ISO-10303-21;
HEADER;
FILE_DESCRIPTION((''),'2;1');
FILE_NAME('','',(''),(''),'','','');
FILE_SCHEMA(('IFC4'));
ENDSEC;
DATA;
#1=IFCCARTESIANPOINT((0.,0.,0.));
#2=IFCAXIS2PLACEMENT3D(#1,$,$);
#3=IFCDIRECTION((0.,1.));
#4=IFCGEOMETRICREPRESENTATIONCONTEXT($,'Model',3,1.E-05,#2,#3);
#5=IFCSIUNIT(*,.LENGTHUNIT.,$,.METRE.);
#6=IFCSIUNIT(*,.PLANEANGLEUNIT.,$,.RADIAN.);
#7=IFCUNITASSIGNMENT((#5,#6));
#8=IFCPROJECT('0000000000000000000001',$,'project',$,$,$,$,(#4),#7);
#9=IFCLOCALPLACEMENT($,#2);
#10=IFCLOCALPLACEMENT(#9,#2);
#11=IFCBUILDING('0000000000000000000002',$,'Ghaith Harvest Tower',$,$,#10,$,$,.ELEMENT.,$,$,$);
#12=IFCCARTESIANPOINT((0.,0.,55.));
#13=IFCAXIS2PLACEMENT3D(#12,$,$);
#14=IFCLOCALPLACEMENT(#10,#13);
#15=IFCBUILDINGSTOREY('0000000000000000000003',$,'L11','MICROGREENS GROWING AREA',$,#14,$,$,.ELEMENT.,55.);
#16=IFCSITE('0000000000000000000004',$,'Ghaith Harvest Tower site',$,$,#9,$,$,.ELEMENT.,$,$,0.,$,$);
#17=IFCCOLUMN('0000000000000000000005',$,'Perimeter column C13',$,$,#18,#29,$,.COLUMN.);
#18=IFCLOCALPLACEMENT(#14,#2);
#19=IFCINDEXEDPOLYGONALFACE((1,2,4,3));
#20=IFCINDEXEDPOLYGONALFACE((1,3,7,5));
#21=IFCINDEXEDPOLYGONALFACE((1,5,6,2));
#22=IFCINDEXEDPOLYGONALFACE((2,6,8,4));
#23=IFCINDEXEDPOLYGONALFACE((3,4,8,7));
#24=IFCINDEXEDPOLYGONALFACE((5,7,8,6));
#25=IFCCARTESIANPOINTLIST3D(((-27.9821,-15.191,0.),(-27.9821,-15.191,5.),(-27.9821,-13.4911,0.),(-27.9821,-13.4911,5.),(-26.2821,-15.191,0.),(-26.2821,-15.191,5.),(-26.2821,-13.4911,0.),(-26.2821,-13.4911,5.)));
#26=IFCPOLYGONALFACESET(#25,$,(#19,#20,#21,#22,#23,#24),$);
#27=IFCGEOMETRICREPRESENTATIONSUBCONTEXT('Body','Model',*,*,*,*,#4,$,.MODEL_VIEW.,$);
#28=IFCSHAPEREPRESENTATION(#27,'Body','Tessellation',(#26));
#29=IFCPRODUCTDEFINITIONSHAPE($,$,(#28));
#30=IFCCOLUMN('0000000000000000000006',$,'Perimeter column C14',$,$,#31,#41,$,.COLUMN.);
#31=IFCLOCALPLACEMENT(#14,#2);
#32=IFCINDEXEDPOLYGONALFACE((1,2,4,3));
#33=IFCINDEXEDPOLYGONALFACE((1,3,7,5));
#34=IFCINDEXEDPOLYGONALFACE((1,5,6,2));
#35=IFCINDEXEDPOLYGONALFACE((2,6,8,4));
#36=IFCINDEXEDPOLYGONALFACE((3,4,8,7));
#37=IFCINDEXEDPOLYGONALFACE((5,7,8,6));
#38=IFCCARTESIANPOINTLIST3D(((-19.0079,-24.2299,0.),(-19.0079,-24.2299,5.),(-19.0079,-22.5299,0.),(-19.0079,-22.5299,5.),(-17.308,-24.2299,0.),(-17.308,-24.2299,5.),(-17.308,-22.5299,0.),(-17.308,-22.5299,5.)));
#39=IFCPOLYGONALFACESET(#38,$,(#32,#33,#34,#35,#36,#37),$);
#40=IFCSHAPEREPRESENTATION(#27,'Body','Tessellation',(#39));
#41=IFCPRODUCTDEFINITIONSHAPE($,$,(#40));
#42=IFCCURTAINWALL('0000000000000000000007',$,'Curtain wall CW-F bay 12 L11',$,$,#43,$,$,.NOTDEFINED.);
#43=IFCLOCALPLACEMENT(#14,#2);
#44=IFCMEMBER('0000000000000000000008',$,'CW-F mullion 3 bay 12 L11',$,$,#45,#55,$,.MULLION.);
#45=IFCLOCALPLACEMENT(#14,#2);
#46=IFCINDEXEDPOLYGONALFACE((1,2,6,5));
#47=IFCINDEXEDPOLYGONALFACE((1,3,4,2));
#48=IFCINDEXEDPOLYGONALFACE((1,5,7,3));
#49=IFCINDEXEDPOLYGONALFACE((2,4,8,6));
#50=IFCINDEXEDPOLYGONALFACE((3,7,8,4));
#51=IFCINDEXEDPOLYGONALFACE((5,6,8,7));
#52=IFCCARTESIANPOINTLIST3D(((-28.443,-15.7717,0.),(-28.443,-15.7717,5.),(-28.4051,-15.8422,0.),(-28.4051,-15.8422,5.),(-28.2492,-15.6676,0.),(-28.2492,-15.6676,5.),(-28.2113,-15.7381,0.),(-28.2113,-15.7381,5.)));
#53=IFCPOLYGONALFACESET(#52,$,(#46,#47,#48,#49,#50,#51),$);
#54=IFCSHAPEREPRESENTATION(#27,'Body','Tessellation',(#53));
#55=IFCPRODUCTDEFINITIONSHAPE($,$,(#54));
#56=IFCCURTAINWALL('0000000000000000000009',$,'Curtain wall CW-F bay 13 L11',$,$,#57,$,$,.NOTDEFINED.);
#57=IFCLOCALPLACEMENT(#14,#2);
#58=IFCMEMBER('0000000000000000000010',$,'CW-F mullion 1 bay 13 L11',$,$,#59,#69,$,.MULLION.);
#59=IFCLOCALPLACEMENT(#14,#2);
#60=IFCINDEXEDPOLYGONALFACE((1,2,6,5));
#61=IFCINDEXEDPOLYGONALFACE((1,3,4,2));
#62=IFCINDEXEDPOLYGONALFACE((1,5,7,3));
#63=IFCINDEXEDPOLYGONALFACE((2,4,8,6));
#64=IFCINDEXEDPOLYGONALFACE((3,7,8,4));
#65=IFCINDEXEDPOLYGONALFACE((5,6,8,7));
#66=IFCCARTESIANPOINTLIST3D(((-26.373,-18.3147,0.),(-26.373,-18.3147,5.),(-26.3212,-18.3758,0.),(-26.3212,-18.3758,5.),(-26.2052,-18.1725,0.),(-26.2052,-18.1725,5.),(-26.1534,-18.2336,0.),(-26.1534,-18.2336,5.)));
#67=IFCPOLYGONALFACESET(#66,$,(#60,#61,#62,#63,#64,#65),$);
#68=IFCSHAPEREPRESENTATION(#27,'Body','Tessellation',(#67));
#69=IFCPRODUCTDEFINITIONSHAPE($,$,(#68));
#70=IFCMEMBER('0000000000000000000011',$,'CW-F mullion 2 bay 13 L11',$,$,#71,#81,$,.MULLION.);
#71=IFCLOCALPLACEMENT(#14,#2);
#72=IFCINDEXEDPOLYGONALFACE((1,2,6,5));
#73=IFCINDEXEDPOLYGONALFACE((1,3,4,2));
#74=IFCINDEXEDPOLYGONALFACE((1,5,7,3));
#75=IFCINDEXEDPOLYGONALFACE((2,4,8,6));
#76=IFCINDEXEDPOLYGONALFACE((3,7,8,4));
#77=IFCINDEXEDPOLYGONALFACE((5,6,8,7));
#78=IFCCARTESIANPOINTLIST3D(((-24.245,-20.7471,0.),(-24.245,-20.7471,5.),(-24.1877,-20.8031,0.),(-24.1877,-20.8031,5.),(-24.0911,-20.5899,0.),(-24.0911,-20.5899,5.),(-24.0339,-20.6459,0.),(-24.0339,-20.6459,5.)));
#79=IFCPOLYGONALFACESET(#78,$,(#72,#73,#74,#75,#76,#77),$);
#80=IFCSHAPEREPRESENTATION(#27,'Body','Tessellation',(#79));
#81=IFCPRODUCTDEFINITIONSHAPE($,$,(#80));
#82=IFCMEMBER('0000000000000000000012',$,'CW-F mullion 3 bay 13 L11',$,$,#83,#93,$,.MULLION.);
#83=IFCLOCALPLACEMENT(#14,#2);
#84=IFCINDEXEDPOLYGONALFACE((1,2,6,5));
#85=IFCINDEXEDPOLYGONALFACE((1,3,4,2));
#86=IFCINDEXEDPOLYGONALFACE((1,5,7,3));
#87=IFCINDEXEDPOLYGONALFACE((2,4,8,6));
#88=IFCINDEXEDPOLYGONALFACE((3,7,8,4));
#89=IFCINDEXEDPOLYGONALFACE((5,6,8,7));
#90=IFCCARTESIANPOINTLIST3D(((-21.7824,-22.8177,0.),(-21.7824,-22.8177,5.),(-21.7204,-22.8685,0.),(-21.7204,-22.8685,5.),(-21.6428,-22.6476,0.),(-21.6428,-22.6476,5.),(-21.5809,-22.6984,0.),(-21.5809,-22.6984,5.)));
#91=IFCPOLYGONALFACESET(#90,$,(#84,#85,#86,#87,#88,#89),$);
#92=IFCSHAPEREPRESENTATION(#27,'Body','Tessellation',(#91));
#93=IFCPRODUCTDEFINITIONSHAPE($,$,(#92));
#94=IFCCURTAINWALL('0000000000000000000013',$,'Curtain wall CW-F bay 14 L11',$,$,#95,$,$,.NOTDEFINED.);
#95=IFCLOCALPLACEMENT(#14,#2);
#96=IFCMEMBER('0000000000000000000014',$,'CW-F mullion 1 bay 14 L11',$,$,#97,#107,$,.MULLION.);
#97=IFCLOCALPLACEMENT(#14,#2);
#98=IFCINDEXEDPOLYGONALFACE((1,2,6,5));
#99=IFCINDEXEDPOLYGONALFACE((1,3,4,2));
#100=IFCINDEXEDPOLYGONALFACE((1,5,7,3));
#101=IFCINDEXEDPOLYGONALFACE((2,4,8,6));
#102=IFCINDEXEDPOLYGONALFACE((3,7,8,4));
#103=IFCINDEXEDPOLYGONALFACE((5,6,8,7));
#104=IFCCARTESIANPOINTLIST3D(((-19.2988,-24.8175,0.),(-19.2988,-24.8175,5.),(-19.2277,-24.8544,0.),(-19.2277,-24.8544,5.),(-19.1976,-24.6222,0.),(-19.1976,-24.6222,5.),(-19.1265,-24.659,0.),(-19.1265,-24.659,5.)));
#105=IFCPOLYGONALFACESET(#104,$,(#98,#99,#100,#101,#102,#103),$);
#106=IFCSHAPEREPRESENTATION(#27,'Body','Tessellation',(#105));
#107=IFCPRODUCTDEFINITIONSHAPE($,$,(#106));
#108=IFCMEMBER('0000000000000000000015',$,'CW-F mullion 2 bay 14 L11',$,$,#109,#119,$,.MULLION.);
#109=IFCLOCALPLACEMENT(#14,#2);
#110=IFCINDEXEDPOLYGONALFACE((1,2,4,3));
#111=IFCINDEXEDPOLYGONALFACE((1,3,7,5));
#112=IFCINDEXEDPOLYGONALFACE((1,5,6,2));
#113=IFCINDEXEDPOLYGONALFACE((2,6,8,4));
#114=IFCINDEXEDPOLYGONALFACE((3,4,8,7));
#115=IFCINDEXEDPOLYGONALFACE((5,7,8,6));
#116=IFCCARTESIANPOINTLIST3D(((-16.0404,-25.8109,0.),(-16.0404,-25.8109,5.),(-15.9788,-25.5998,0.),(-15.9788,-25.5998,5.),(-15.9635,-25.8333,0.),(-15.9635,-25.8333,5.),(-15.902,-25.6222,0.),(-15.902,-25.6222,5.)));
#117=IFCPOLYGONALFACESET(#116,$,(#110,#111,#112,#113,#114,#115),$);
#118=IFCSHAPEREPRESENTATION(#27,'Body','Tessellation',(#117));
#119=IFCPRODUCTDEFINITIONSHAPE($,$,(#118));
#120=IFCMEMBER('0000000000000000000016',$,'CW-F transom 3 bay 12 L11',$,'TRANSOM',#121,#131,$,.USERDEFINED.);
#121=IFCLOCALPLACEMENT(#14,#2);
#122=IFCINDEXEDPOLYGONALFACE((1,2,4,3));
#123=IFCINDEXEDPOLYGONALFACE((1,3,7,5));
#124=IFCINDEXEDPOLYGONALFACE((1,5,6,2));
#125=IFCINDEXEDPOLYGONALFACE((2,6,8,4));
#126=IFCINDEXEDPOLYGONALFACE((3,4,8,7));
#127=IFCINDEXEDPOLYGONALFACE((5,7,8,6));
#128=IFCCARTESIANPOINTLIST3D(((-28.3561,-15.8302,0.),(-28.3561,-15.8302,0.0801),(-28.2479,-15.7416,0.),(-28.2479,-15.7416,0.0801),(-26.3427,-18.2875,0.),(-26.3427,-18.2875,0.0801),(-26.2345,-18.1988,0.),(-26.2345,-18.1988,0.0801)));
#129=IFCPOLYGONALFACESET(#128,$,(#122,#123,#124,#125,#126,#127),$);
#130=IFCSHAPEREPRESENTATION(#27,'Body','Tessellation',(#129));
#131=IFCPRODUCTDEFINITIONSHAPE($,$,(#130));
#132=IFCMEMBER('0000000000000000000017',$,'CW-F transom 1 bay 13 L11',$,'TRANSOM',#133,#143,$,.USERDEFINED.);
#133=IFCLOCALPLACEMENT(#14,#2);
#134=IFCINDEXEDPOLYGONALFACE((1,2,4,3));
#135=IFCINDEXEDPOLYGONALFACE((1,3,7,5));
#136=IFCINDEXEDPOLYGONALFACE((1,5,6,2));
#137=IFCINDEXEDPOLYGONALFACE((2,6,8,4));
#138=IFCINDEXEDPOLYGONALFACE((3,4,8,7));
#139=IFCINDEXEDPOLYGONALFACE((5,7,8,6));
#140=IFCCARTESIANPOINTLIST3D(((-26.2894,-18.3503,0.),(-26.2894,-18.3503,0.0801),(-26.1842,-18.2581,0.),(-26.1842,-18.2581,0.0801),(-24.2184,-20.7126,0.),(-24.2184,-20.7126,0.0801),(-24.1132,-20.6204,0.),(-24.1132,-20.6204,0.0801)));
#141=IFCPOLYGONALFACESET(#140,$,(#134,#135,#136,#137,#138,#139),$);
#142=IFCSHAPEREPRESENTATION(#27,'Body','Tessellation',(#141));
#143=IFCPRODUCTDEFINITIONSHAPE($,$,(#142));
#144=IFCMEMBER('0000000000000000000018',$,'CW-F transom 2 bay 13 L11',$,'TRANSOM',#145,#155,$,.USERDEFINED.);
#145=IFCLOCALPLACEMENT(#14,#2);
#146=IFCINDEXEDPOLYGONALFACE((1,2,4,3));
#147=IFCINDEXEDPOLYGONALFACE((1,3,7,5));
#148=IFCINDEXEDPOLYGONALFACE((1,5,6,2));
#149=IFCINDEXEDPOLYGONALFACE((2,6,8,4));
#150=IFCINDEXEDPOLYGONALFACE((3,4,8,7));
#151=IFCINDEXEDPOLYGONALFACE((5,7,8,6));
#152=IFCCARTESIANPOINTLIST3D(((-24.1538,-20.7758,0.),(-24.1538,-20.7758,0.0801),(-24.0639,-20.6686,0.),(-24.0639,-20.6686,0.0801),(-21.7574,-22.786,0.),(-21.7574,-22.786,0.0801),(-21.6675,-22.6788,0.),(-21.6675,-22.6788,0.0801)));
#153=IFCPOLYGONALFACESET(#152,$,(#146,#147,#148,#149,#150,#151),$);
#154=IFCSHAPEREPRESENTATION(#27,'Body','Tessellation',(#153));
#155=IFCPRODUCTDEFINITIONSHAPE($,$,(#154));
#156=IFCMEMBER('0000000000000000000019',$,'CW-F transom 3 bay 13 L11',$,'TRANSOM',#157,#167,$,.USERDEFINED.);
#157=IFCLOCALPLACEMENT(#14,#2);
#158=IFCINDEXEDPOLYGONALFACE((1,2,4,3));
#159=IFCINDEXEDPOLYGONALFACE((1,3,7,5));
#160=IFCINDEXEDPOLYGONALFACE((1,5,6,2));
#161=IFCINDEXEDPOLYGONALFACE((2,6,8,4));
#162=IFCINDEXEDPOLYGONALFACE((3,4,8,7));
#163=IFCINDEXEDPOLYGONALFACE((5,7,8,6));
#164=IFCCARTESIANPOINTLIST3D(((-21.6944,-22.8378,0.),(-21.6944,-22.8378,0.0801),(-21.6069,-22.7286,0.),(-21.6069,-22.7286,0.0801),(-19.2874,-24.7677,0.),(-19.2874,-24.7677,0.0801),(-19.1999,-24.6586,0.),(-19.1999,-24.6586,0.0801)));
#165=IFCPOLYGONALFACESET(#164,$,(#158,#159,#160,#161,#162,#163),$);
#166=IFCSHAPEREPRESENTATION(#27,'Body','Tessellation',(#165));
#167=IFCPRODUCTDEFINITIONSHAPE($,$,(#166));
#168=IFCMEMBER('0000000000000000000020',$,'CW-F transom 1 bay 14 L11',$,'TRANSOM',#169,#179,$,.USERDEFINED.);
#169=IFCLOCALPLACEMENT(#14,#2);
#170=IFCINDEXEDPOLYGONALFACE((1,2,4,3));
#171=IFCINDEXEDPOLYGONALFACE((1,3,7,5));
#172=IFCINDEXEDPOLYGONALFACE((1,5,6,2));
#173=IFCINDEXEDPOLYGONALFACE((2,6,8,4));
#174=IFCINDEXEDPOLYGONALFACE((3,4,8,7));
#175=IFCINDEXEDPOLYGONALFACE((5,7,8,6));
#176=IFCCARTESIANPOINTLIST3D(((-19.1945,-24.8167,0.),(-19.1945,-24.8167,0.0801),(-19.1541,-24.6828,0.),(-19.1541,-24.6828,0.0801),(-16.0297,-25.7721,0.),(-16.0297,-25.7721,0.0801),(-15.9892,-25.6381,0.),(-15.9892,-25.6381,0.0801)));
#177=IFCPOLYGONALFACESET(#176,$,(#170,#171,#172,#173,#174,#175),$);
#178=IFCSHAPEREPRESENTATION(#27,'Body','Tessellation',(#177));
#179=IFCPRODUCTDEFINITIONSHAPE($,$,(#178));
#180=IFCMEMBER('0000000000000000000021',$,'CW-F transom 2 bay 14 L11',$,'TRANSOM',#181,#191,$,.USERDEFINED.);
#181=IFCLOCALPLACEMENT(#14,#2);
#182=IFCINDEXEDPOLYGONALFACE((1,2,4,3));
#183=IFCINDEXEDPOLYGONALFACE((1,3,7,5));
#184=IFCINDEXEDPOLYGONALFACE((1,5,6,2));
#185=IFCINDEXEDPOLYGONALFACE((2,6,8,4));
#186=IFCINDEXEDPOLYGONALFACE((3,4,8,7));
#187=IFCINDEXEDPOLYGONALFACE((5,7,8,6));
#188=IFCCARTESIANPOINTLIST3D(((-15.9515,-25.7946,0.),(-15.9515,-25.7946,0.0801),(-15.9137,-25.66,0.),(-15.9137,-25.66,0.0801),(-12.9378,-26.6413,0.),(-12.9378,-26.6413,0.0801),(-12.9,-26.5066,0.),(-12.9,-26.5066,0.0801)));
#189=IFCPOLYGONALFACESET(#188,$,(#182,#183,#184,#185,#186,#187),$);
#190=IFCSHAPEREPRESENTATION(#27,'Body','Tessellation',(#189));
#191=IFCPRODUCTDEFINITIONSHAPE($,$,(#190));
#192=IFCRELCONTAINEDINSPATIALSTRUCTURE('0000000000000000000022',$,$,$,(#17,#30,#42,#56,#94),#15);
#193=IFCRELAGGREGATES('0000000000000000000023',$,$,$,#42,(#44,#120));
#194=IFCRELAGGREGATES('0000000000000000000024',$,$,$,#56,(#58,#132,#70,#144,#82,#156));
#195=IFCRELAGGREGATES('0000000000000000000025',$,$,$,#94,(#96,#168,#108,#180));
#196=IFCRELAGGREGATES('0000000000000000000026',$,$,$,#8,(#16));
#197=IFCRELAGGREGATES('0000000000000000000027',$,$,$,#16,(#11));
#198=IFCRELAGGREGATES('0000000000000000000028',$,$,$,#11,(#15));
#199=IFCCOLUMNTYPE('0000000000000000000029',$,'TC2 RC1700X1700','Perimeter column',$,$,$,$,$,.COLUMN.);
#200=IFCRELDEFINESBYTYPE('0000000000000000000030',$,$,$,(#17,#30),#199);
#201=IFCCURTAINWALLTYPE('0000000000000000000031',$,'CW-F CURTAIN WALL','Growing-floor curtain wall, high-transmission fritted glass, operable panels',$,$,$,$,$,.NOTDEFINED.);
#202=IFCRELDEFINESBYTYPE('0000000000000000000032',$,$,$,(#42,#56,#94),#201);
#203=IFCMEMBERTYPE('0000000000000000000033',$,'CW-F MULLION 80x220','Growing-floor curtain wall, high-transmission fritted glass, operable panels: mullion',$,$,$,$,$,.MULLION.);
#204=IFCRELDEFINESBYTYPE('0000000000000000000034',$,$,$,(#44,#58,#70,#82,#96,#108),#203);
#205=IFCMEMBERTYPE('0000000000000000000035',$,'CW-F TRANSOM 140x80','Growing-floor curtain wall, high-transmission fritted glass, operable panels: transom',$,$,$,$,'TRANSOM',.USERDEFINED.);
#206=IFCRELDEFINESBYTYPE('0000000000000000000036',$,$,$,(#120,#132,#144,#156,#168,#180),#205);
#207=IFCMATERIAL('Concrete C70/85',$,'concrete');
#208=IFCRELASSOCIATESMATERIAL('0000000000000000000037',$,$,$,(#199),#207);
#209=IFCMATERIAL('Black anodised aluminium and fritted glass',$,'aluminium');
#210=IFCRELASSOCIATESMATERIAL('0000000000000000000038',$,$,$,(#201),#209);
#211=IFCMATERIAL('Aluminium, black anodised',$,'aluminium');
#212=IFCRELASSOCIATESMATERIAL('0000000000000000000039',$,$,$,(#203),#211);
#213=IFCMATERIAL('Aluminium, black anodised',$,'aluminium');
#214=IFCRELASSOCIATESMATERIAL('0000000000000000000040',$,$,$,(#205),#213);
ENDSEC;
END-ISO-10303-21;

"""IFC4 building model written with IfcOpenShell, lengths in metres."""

from ifc_helpers import new_model, si_unit, direction, frame, origin, origin_2d, place, context, subcontext, project, spatial, rectangle, extrude, material, material_profile, profile_set, type_object, element, aggregate, save


model = new_model("IFC4")

# Units and contexts
model_context = context("Model", 3, precision=1e-05, world=origin(), true_north=direction((0.0, 1.0)))
body_context = subcontext(model_context, "Body", "Model", "MODEL_VIEW")
ifc_project = project(units=[si_unit("LENGTHUNIT", "METRE"), si_unit("PLANEANGLEUNIT", "RADIAN")], contexts=[model_context])

# Site, building, storey
site_placement = place(None, origin())
site = spatial("IfcSite", under=ifc_project, at=site_placement, Name="Ghaith Harvest Tower site", CompositionType="ELEMENT", RefElevation=0.0)
building_placement = place(site_placement, origin())
building = spatial("IfcBuilding", under=site, at=building_placement, Name="Ghaith Harvest Tower", CompositionType="ELEMENT")
storey_placement = place(building_placement, frame((0.0, 0.0, 55.0)))
storey = spatial("IfcBuildingStorey", under=building, at=storey_placement, Name="L11", Description="MICROGREENS GROWING AREA", CompositionType="ELEMENT", Elevation=55.0)

# Columns
ifc_material_1 = material(Name="Concrete C70/85", Category="concrete")
ifc_material_profile_1 = material_profile(ifc_material_1, rectangle(XDim=1.7, YDim=1.7, at=origin_2d()), Name="RC1700X1700")
ifc_profile_set_1 = profile_set([ifc_material_profile_1], Name="Concrete C70/85")
column_type = type_object("IfcColumnType", Name="TC2 RC1700X1700", Description="Perimeter column", PredefinedType="COLUMN", material=ifc_profile_set_1)
for number, where, z_axis, x_axis, name in (
    (1, (-27.1321, -14.3411, 0.0), (0.0, 0.0, 1.0), (1.0, 0.0, 0.0), "Perimeter column C13"),
    (2, (-18.158, -23.3799, 0.0), (0.0, 0.0, 1.0), (1.0, 0.0, 0.0), "Perimeter column C14"),
):
    element("IfcColumn", number, at=place(storey_placement, frame(where, z_axis=z_axis, x_axis=x_axis)), inside=storey, type_object=column_type, Name=name, PredefinedType="COLUMN", context=body_context, shape_type="SweptSolid", body=[
        extrude(rectangle(XDim=1.7, YDim=1.7, at=origin_2d()), origin(), (0.0, 0.0, 1.0), 5.0),
    ])

# Curtain wall, member
ifc_material_2 = material(Name="Black anodised aluminium and fritted glass", Category="aluminium")
curtain_wall_type = type_object("IfcCurtainWallType", Name="CW-F CURTAIN WALL", Description="Growing-floor curtain wall, high-transmission fritted glass, operable panels", PredefinedType="NOTDEFINED", material=ifc_material_2)
curtain_wall_1_placement = place(storey_placement, origin())
curtain_wall_1 = element("IfcCurtainWall", 3, at=curtain_wall_1_placement, inside=storey, type_object=curtain_wall_type, Name="Curtain wall CW-F bay 12 L11", PredefinedType="NOTDEFINED")
ifc_material_3 = material(Name="Aluminium, black anodised", Category="aluminium")
ifc_material_profile_2 = material_profile(ifc_material_3, rectangle(XDim=0.0801, YDim=0.22, at=origin_2d()), Name="CW-F MULLION 80x220")
ifc_profile_set_2 = profile_set([ifc_material_profile_2], Name="Aluminium, black anodised")
member_type_1 = type_object("IfcMemberType", Name="CW-F MULLION 80x220", Description="Growing-floor curtain wall, high-transmission fritted glass, operable panels: mullion", PredefinedType="MULLION", material=ifc_profile_set_2)
member_1_placement = place(storey_placement, frame((-28.3271, -15.7549, 0.0), z_axis=(0.0, 0.0, 1.0), x_axis=(0.473265, -0.88092, 0.0)))
member_1 = element("IfcMember", 4, at=member_1_placement, type_object=member_type_1, Name="CW-F mullion 3 bay 12 L11", PredefinedType="MULLION", context=body_context, shape_type="SweptSolid", body=[
    extrude(rectangle(XDim=0.0801, YDim=0.22, at=origin_2d()), origin(), (0.0, 0.0, 1.0), 5.0),
])

# Curtain walls, members
curtain_wall_2_placement = place(storey_placement, origin())
curtain_wall_2 = element("IfcCurtainWall", 5, at=curtain_wall_2_placement, inside=storey, type_object=curtain_wall_type, Name="Curtain wall CW-F bay 13 L11", PredefinedType="NOTDEFINED")
member_2_placement = place(storey_placement, frame((-26.2632, -18.2742, 0.0), z_axis=(0.0, 0.0, 1.0), x_axis=(0.646524, -0.762894, 0.0)))
member_2 = element("IfcMember", 6, at=member_2_placement, type_object=member_type_1, Name="CW-F mullion 1 bay 13 L11", PredefinedType="MULLION", context=body_context, shape_type="SweptSolid", body=[
    extrude(rectangle(XDim=0.0801, YDim=0.22, at=origin_2d()), origin(), (0.0, 0.0, 1.0), 5.0),
])
member_3_placement = place(storey_placement, frame((-24.1394, -20.6965, 0.0), z_axis=(0.0, 0.0, 1.0), x_axis=(0.714663, -0.699469, 0.0)))
member_3 = element("IfcMember", 7, at=member_3_placement, type_object=member_type_1, Name="CW-F mullion 2 bay 13 L11", PredefinedType="MULLION", context=body_context, shape_type="SweptSolid", body=[
    extrude(rectangle(XDim=0.0801, YDim=0.22, at=origin_2d()), origin(), (0.0, 0.0, 1.0), 5.0),
])
member_4_placement = place(storey_placement, frame((-21.6816, -22.7581, 0.0), z_axis=(0.0, 0.0, 1.0), x_axis=(0.773139, -0.634237, 0.0)))
member_4 = element("IfcMember", 8, at=member_4_placement, type_object=member_type_1, Name="CW-F mullion 3 bay 13 L11", PredefinedType="MULLION", context=body_context, shape_type="SweptSolid", body=[
    extrude(rectangle(XDim=0.0801, YDim=0.22, at=origin_2d()), origin(), (0.0, 0.0, 1.0), 5.0),
])
curtain_wall_3_placement = place(storey_placement, origin())
curtain_wall_3 = element("IfcCurtainWall", 9, at=curtain_wall_3_placement, inside=storey, type_object=curtain_wall_type, Name="Curtain wall CW-F bay 14 L11", PredefinedType="NOTDEFINED")
member_5_placement = place(storey_placement, frame((-19.2126, -24.7383, 0.0), z_axis=(0.0, 0.0, 1.0), x_axis=(0.887912, -0.460013, 0.0)))
member_5 = element("IfcMember", 10, at=member_5_placement, type_object=member_type_1, Name="CW-F mullion 1 bay 14 L11", PredefinedType="MULLION", context=body_context, shape_type="SweptSolid", body=[
    extrude(rectangle(XDim=0.0801, YDim=0.22, at=origin_2d()), origin(), (0.0, 0.0, 1.0), 5.0),
])
member_6_placement = place(storey_placement, frame((-15.9712, -25.7166, 0.0), z_axis=(0.0, 0.0, 1.0), x_axis=(0.960009, -0.27997, 0.0)))
member_6 = element("IfcMember", 11, at=member_6_placement, type_object=member_type_1, Name="CW-F mullion 2 bay 14 L11", PredefinedType="MULLION", context=body_context, shape_type="SweptSolid", body=[
    extrude(rectangle(XDim=0.0801, YDim=0.22, at=origin_2d()), origin(), (0.0, 0.0, 1.0), 5.0),
])

# Members
ifc_material_4 = material(Name="Aluminium, black anodised", Category="aluminium")
ifc_material_profile_3 = material_profile(ifc_material_4, rectangle(XDim=0.1399, YDim=0.0801, at=origin_2d()), Name="CW-F TRANSOM 140x80")
ifc_profile_set_3 = profile_set([ifc_material_profile_3], Name="Aluminium, black anodised")
member_type_2 = type_object("IfcMemberType", Name="CW-F TRANSOM 140x80", Description="Growing-floor curtain wall, high-transmission fritted glass, operable panels: transom", ElementType="TRANSOM", PredefinedType="USERDEFINED", material=ifc_profile_set_3)
member_7_placement = place(storey_placement, frame((-28.302, -15.7859, 0.04), z_axis=(0.63379, -0.773505, 0.0), x_axis=(0.773505, 0.63379, 0.0)))
member_7 = element("IfcMember", 12, at=member_7_placement, type_object=member_type_2, Name="CW-F transom 3 bay 12 L11", ObjectType="TRANSOM", PredefinedType="USERDEFINED", context=body_context, shape_type="SweptSolid", body=[
    extrude(rectangle(XDim=0.1399, YDim=0.0801, at=origin_2d()), origin(), (0.0, 0.0, 1.0), 3.1768),
])
member_8_placement = place(storey_placement, frame((-26.2368, -18.3042, 0.04), z_axis=(0.659231, -0.751941, 0.0), x_axis=(0.751941, 0.659231, 0.0)))
member_8 = element("IfcMember", 13, at=member_8_placement, type_object=member_type_2, Name="CW-F transom 1 bay 13 L11", ObjectType="TRANSOM", PredefinedType="USERDEFINED", context=body_context, shape_type="SweptSolid", body=[
    extrude(rectangle(XDim=0.1399, YDim=0.0801, at=origin_2d()), origin(), (0.0, 0.0, 1.0), 3.1416),
])
member_9_placement = place(storey_placement, frame((-24.1089, -20.7222, 0.04), z_axis=(0.766144, -0.642668, 0.0), x_axis=(0.642668, 0.766144, 0.0)))
member_9 = element("IfcMember", 14, at=member_9_placement, type_object=member_type_2, Name="CW-F transom 2 bay 13 L11", ObjectType="TRANSOM", PredefinedType="USERDEFINED", context=body_context, shape_type="SweptSolid", body=[
    extrude(rectangle(XDim=0.1399, YDim=0.0801, at=origin_2d()), origin(), (0.0, 0.0, 1.0), 3.1279),
])
member_10_placement = place(storey_placement, frame((-21.6506, -22.7832, 0.04), z_axis=(0.780181, -0.625554, 0.0), x_axis=(0.625554, 0.780181, 0.0)))
member_10 = element("IfcMember", 15, at=member_10_placement, type_object=member_type_2, Name="CW-F transom 3 bay 13 L11", ObjectType="TRANSOM", PredefinedType="USERDEFINED", context=body_context, shape_type="SweptSolid", body=[
    extrude(rectangle(XDim=0.1399, YDim=0.0801, at=origin_2d()), origin(), (0.0, 0.0, 1.0), 3.0852),
])
member_11_placement = place(storey_placement, frame((-19.1743, -24.7498, 0.04), z_axis=(0.957335, -0.28898, 0.0), x_axis=(0.28898, 0.957335, 0.0)))
member_11 = element("IfcMember", 16, at=member_11_placement, type_object=member_type_2, Name="CW-F transom 1 bay 14 L11", ObjectType="TRANSOM", PredefinedType="USERDEFINED", context=body_context, shape_type="SweptSolid", body=[
    extrude(rectangle(XDim=0.1399, YDim=0.0801, at=origin_2d()), origin(), (0.0, 0.0, 1.0), 3.3059),
])
member_12_placement = place(storey_placement, frame((-15.9326, -25.7273, 0.04), z_axis=(0.962727, -0.270475, 0.0), x_axis=(0.270475, 0.962727, 0.0)))
member_12 = element("IfcMember", 17, at=member_12_placement, type_object=member_type_2, Name="CW-F transom 2 bay 14 L11", ObjectType="TRANSOM", PredefinedType="USERDEFINED", context=body_context, shape_type="SweptSolid", body=[
    extrude(rectangle(XDim=0.1399, YDim=0.0801, at=origin_2d()), origin(), (0.0, 0.0, 1.0), 3.1304),
])

aggregate(curtain_wall_1, [member_1, member_7])
aggregate(curtain_wall_2, [member_2, member_8, member_3, member_9, member_4, member_10])
aggregate(curtain_wall_3, [member_5, member_11, member_6, member_12])

save(model, "model.ifc")
